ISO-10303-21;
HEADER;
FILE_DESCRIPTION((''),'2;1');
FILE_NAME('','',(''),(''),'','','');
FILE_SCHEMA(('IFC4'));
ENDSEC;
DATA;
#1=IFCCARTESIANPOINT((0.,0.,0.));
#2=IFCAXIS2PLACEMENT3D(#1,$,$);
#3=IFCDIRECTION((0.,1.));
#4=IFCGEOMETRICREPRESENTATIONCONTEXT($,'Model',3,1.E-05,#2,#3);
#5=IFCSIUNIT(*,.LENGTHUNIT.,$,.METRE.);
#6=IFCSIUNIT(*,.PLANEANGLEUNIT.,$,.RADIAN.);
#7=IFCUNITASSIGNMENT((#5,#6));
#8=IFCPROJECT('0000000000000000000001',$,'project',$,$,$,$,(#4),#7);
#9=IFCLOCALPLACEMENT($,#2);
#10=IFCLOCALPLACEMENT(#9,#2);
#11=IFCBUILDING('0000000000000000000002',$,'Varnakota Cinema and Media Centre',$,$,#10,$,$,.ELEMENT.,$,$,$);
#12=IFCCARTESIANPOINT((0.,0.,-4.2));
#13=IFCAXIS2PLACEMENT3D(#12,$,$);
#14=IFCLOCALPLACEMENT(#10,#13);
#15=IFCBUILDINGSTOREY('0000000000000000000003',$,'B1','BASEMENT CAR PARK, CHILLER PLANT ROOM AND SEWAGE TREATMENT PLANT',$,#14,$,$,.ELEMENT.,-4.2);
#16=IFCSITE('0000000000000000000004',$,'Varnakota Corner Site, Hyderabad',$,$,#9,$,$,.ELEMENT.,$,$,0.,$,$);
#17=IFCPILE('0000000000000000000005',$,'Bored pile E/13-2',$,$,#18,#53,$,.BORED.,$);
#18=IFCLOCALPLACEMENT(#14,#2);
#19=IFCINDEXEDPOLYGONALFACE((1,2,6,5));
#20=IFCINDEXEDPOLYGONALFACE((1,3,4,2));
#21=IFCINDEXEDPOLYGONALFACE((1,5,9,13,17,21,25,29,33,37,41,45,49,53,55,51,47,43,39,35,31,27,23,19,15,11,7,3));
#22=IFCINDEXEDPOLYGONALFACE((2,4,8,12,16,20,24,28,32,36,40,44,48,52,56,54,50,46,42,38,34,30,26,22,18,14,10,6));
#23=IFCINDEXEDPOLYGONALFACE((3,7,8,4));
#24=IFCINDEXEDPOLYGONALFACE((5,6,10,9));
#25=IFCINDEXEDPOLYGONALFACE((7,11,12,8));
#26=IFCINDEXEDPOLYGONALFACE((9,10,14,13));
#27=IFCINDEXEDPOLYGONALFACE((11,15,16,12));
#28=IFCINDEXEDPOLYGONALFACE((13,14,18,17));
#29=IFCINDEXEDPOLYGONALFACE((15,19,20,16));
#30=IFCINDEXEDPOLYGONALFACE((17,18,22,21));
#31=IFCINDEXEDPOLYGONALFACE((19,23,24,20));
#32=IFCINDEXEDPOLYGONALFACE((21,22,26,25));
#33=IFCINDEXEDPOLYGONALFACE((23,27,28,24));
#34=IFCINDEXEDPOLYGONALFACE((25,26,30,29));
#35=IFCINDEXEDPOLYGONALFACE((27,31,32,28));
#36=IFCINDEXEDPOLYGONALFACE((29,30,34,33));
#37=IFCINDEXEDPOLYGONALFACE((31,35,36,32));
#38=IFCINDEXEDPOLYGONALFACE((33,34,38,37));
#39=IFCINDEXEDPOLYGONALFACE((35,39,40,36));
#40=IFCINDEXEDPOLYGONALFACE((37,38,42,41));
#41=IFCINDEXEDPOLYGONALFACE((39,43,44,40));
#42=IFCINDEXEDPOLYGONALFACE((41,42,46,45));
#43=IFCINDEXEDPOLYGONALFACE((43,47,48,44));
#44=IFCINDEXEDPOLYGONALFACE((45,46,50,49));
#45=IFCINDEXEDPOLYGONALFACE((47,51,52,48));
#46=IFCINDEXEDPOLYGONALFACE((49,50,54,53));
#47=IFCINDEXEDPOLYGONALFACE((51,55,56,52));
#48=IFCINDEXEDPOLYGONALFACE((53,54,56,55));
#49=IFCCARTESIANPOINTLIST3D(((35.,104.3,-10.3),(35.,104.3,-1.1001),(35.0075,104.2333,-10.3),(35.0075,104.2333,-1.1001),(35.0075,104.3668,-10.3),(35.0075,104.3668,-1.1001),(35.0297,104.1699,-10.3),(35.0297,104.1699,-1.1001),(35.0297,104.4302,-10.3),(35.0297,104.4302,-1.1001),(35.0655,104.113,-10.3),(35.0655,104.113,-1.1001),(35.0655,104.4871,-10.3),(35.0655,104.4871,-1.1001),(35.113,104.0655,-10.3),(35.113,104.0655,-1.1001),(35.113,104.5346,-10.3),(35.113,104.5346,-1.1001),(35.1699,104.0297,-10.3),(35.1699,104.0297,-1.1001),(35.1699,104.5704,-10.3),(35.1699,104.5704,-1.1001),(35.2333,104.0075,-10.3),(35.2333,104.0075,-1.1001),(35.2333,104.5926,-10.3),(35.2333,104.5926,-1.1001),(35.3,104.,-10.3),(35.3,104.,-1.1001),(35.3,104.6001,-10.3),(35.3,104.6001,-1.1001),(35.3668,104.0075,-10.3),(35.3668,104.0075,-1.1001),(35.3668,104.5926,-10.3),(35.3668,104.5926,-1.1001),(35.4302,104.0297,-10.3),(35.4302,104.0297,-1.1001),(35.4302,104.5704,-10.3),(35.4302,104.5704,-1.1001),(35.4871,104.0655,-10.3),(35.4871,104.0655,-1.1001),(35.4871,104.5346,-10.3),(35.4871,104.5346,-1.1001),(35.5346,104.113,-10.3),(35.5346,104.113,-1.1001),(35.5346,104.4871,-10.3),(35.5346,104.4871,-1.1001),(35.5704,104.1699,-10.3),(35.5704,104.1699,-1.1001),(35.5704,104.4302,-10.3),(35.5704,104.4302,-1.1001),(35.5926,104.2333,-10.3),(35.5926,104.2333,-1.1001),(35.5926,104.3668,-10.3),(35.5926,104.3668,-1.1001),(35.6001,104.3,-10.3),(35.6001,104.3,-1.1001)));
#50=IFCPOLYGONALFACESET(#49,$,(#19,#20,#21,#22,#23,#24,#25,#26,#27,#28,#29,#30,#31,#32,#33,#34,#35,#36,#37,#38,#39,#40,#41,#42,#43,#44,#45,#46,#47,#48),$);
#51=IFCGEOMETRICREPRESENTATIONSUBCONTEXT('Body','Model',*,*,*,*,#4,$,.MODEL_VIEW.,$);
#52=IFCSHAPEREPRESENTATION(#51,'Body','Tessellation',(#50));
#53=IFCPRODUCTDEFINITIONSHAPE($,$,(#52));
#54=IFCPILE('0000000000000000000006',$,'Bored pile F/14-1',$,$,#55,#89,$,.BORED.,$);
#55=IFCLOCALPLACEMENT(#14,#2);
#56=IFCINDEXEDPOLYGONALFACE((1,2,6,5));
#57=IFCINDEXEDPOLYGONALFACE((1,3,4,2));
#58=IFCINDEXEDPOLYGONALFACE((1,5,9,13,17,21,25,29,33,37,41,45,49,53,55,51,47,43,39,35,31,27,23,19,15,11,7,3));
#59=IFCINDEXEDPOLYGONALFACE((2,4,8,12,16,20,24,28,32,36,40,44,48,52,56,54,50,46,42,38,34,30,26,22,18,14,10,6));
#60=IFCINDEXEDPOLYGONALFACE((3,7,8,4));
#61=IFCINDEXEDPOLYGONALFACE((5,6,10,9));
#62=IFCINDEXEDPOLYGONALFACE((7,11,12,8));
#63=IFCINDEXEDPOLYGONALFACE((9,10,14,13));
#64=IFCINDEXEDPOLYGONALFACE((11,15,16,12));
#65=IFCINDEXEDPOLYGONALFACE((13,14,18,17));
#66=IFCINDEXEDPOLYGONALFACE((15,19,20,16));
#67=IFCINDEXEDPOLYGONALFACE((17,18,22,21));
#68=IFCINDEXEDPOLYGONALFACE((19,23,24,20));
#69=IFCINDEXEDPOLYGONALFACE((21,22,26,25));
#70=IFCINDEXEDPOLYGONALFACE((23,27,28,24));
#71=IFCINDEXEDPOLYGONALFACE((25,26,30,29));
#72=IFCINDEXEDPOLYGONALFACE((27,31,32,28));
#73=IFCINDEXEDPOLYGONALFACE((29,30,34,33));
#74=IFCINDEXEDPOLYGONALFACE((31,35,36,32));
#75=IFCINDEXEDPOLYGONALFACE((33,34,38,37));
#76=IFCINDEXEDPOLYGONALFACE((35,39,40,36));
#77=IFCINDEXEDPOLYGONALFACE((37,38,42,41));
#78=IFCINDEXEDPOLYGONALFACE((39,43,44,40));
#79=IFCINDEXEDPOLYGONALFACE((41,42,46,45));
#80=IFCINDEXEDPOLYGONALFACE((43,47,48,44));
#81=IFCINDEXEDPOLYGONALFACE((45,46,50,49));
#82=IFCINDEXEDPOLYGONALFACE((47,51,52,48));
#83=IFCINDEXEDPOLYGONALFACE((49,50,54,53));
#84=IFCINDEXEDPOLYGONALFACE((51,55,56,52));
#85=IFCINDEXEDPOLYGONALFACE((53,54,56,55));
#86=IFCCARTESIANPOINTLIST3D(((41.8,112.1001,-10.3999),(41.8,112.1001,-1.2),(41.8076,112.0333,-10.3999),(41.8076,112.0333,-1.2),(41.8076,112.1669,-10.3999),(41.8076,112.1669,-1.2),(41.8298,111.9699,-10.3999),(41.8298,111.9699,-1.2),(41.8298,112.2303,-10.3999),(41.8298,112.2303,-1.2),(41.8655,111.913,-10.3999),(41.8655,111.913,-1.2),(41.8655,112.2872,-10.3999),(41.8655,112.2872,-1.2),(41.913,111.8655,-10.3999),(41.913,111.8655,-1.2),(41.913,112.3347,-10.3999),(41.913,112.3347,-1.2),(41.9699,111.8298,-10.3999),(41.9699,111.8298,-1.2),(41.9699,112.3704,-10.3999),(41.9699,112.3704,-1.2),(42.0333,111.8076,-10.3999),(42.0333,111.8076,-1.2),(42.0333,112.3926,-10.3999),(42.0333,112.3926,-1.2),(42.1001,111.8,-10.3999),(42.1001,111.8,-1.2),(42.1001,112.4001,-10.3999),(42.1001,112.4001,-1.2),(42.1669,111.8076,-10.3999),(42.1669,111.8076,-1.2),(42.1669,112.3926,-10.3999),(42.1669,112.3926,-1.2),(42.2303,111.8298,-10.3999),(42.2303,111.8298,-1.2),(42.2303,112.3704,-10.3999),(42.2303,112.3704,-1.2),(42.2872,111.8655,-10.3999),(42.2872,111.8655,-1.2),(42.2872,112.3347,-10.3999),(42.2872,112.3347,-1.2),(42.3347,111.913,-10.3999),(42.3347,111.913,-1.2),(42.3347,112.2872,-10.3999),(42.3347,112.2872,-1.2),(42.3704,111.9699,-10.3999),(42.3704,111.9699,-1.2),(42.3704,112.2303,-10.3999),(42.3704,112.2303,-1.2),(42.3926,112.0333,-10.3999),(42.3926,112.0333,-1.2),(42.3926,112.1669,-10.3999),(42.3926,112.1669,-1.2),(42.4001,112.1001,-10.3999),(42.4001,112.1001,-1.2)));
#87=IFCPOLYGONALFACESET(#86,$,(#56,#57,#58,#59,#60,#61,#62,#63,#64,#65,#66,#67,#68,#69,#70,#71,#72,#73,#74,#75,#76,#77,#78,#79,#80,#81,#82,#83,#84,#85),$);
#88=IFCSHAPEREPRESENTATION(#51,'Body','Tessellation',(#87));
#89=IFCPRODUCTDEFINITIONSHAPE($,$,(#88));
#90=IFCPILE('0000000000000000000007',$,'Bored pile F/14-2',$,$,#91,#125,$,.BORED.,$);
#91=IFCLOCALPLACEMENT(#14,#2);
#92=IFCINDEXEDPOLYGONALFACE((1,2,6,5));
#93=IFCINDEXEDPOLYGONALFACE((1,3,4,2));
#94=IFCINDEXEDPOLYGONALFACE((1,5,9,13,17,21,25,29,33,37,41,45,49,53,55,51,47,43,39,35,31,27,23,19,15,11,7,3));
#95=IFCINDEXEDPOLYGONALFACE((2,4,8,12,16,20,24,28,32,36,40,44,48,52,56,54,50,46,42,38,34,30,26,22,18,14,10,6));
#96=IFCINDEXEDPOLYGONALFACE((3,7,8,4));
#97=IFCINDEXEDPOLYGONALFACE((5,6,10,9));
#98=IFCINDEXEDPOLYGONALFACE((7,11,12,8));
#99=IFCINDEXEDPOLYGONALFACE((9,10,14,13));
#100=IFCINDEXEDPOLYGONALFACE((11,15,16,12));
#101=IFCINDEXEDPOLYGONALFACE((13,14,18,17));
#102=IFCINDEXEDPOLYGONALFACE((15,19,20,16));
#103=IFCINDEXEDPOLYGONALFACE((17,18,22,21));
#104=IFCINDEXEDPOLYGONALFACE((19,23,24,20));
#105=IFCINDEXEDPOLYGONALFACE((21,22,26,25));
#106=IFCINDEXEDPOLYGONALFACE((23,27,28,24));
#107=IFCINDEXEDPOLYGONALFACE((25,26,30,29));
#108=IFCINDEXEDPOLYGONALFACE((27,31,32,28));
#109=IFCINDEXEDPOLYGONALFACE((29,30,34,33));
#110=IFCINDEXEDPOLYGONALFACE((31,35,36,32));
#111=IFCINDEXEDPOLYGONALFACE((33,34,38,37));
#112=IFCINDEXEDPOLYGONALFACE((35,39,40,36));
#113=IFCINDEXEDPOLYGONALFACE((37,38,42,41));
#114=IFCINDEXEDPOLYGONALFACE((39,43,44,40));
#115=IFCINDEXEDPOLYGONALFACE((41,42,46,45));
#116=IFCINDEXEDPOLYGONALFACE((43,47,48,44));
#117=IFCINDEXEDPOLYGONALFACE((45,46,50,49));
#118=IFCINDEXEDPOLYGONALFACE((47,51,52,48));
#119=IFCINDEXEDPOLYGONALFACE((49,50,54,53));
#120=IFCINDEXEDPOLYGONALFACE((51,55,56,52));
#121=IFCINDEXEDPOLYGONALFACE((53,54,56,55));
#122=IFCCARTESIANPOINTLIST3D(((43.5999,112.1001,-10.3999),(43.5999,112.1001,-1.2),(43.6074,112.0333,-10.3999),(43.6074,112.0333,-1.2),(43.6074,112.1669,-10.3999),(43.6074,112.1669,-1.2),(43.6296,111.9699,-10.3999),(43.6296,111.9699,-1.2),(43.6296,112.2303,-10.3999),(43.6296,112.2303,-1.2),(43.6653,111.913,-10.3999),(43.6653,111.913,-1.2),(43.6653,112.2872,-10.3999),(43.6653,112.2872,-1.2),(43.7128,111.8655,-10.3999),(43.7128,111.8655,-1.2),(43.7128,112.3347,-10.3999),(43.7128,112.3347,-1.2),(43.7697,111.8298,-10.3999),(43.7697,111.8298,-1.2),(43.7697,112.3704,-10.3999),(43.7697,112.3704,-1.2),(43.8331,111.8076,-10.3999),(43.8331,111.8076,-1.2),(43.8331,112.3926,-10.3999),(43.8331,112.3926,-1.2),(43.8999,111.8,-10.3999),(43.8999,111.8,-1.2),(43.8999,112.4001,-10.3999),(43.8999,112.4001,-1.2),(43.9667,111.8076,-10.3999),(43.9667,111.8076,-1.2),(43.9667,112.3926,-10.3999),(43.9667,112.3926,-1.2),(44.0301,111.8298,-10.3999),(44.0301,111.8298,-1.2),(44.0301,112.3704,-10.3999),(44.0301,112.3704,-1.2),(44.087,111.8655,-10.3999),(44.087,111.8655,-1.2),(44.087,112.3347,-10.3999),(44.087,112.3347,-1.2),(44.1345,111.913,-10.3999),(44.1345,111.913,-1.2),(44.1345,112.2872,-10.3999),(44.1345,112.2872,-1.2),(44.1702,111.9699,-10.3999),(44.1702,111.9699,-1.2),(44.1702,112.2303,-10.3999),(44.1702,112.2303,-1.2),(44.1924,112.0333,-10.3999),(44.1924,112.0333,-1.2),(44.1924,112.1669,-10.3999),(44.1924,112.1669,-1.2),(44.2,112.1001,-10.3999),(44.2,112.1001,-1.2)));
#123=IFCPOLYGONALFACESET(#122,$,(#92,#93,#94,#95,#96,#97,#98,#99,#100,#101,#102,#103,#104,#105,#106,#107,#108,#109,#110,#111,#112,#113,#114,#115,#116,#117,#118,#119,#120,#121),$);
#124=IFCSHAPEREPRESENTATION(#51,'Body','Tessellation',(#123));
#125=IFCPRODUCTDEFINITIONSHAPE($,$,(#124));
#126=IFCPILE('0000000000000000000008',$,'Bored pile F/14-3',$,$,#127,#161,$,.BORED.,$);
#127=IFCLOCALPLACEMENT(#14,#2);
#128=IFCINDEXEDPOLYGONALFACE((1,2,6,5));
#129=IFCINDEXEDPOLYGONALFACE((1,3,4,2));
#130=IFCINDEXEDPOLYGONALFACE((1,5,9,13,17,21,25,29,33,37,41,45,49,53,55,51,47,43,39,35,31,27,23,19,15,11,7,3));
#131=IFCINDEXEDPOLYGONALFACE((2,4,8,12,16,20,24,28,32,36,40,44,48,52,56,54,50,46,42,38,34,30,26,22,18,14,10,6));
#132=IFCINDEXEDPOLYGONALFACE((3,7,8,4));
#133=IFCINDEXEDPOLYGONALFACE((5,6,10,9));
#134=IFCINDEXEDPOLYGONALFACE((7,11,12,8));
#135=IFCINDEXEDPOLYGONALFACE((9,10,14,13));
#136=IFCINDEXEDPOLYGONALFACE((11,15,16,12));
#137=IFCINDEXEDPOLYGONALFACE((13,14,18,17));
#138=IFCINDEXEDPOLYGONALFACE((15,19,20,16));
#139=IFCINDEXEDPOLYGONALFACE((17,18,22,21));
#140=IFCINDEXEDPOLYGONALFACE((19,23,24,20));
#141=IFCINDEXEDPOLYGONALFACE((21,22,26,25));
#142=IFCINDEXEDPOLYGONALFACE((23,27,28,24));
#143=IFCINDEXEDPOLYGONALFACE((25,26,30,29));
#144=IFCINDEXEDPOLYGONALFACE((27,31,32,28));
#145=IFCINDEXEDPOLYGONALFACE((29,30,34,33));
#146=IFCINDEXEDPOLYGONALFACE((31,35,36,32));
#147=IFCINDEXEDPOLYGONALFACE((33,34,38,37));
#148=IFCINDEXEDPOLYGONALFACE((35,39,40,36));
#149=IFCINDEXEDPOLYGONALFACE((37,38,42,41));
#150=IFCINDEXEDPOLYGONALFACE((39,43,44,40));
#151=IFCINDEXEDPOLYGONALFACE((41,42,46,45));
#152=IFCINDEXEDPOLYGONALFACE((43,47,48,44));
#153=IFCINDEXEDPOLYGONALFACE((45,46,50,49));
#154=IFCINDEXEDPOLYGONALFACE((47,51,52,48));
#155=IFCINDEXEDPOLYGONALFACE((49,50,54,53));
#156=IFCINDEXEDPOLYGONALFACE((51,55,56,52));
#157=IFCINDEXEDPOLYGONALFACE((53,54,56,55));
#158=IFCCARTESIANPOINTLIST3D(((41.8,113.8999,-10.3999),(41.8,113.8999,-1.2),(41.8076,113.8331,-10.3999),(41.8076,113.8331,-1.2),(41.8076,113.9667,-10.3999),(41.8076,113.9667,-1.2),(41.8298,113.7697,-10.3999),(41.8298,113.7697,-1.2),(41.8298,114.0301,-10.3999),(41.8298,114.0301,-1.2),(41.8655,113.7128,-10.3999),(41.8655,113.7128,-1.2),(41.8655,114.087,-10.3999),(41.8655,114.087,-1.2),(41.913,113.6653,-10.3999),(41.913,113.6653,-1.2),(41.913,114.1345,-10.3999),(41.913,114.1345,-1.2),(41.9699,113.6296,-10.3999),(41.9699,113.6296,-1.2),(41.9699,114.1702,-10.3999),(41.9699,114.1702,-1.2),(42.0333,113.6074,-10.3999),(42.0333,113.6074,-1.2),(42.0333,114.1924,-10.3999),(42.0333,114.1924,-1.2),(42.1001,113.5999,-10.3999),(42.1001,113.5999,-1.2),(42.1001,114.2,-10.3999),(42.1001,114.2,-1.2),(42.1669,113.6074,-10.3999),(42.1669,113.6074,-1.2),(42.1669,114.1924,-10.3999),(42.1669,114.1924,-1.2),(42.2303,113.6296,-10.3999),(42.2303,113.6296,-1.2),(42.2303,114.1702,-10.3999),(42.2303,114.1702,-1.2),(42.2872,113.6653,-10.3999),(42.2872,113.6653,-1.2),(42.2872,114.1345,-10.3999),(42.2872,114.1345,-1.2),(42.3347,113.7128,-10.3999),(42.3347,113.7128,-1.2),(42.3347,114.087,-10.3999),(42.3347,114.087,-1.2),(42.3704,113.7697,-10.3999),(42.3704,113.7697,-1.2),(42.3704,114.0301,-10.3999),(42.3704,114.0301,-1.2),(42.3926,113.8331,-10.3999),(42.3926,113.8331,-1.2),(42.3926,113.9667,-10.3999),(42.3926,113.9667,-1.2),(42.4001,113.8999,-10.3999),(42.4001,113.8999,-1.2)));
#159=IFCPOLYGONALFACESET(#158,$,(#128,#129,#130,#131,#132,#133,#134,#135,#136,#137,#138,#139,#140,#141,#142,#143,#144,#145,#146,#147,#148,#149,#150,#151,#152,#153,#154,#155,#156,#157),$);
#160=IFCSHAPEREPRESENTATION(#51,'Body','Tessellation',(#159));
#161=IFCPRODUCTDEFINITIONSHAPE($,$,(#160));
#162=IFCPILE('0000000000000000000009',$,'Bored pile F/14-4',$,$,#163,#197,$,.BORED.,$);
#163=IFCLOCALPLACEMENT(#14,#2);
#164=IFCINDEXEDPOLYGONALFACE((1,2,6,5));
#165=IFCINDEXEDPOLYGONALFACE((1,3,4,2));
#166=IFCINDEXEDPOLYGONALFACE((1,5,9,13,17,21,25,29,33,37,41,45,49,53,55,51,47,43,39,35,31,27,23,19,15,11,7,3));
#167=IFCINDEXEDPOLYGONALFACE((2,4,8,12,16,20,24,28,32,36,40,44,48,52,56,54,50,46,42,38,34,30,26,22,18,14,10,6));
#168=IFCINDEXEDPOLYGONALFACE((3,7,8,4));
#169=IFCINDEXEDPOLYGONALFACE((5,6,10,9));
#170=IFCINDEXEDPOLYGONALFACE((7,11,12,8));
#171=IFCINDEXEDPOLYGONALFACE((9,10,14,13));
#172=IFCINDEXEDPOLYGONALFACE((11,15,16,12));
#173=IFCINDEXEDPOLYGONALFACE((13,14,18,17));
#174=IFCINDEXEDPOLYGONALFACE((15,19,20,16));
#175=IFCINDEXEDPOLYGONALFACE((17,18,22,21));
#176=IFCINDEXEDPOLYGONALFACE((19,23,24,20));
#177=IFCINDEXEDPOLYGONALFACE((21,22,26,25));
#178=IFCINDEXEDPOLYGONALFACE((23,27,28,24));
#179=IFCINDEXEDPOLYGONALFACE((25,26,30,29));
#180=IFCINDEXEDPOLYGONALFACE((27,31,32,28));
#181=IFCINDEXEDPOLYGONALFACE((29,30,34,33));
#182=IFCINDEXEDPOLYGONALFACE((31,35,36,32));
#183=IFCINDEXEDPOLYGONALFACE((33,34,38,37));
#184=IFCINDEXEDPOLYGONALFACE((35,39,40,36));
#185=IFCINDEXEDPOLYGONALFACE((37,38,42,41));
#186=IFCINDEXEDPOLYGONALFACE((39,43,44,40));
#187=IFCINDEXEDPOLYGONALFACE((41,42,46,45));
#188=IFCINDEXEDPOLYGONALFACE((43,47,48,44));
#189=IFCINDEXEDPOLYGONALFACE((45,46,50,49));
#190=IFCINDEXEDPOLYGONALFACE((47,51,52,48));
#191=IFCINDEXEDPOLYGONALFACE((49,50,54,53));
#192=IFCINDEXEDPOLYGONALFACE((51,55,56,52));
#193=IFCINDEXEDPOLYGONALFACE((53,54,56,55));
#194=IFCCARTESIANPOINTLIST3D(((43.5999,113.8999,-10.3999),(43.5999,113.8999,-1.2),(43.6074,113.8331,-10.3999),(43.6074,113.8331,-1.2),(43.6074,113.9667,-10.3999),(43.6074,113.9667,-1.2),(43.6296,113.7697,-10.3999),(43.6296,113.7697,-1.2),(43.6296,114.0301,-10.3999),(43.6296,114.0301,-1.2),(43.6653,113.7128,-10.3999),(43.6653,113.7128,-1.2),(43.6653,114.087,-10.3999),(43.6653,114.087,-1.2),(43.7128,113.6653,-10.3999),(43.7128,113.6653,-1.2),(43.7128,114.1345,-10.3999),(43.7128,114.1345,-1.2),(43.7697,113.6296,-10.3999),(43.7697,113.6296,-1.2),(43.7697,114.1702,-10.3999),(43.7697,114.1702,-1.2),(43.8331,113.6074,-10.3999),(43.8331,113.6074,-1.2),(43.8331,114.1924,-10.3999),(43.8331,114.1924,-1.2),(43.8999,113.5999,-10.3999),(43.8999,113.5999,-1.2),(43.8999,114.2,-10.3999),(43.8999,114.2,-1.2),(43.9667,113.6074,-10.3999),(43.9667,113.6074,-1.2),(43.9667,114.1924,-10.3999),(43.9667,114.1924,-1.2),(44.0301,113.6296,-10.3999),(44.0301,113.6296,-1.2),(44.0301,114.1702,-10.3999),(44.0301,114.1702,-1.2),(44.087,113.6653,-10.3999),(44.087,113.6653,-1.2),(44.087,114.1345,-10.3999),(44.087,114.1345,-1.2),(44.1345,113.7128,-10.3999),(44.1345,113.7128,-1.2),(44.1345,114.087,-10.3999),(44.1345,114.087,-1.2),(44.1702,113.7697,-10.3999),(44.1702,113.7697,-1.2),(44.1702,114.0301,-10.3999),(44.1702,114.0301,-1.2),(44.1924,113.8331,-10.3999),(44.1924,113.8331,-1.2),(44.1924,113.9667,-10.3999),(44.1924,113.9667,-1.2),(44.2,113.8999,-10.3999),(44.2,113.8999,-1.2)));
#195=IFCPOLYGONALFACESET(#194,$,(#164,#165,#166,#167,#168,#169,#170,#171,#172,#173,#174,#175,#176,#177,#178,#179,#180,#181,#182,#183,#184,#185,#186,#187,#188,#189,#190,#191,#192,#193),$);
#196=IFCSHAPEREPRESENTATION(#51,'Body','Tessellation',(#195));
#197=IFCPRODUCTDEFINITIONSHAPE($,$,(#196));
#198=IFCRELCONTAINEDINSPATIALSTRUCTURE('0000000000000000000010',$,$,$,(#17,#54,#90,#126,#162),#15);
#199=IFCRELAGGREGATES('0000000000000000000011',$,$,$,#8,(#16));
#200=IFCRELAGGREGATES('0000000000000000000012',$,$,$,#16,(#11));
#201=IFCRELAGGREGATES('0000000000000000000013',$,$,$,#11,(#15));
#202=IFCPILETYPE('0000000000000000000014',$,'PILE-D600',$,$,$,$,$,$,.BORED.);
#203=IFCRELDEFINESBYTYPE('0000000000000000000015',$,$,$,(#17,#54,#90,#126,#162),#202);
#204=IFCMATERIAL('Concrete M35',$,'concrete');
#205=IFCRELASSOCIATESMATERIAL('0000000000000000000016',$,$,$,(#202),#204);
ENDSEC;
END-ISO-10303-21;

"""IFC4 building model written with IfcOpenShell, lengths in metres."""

from ifc_helpers import new_model, si_unit, direction, frame, origin, origin_2d, place, context, subcontext, project, spatial, circle, extrude, material, material_profile, profile_set, type_object, element, save


model = new_model("IFC4")

# Units and contexts
model_context = context("Model", 3, precision=1e-05, world=origin(), true_north=direction((0.0, 1.0)))
body_context = subcontext(model_context, "Body", "Model", "MODEL_VIEW")
ifc_project = project(units=[si_unit("LENGTHUNIT", "METRE"), si_unit("PLANEANGLEUNIT", "RADIAN")], contexts=[model_context])

# Site, building, storey
site_placement = place(None, origin())
site = spatial("IfcSite", under=ifc_project, at=site_placement, Name="Varnakota Corner Site, Hyderabad", CompositionType="ELEMENT", RefElevation=0.0)
building_placement = place(site_placement, origin())
building = spatial("IfcBuilding", under=site, at=building_placement, Name="Varnakota Cinema and Media Centre", CompositionType="ELEMENT")
storey_placement = place(building_placement, frame((0.0, 0.0, -4.2)))
storey = spatial("IfcBuildingStorey", under=building, at=storey_placement, Name="B1", Description="BASEMENT CAR PARK, CHILLER PLANT ROOM AND SEWAGE TREATMENT PLANT", CompositionType="ELEMENT", Elevation=-4.2)

# Piles
ifc_material_1 = material(Name="Concrete M35", Category="concrete")
ifc_material_profile_1 = material_profile(ifc_material_1, circle(Radius=0.3, at=origin_2d()), Name="PILE D600")
ifc_profile_set_1 = profile_set([ifc_material_profile_1], Name="Concrete M35")
pile_type_1 = type_object("IfcPileType", Name="PILE-D600", PredefinedType="BORED", material=ifc_profile_set_1)
for number, where, z_axis, x_axis, name in (
    (1, (35.3, 104.3, -1.1001), (0.0, 0.0, -1.0), (1.0, 0.0, 0.0), "Bored pile E/13-2"),
    (2, (42.1001, 112.1001, -1.2), (0.0, 0.0, -1.0), (1.0, 0.0, 0.0), "Bored pile F/14-1"),
    (3, (43.8999, 112.1001, -1.2), (0.0, 0.0, -1.0), (1.0, 0.0, 0.0), "Bored pile F/14-2"),
    (4, (42.1001, 113.8999, -1.2), (0.0, 0.0, -1.0), (1.0, 0.0, 0.0), "Bored pile F/14-3"),
    (5, (43.8999, 113.8999, -1.2), (0.0, 0.0, -1.0), (1.0, 0.0, 0.0), "Bored pile F/14-4"),
):
    element("IfcPile", number, at=place(storey_placement, frame(where, z_axis=z_axis, x_axis=x_axis)), inside=storey, type_object=pile_type_1, Name=name, PredefinedType="BORED", context=body_context, shape_type="SweptSolid", body=[
        extrude(circle(Radius=0.3, at=origin_2d()), origin(), (0.0, 0.0, 1.0), 9.2),
    ])

save(model, "model.ifc")
